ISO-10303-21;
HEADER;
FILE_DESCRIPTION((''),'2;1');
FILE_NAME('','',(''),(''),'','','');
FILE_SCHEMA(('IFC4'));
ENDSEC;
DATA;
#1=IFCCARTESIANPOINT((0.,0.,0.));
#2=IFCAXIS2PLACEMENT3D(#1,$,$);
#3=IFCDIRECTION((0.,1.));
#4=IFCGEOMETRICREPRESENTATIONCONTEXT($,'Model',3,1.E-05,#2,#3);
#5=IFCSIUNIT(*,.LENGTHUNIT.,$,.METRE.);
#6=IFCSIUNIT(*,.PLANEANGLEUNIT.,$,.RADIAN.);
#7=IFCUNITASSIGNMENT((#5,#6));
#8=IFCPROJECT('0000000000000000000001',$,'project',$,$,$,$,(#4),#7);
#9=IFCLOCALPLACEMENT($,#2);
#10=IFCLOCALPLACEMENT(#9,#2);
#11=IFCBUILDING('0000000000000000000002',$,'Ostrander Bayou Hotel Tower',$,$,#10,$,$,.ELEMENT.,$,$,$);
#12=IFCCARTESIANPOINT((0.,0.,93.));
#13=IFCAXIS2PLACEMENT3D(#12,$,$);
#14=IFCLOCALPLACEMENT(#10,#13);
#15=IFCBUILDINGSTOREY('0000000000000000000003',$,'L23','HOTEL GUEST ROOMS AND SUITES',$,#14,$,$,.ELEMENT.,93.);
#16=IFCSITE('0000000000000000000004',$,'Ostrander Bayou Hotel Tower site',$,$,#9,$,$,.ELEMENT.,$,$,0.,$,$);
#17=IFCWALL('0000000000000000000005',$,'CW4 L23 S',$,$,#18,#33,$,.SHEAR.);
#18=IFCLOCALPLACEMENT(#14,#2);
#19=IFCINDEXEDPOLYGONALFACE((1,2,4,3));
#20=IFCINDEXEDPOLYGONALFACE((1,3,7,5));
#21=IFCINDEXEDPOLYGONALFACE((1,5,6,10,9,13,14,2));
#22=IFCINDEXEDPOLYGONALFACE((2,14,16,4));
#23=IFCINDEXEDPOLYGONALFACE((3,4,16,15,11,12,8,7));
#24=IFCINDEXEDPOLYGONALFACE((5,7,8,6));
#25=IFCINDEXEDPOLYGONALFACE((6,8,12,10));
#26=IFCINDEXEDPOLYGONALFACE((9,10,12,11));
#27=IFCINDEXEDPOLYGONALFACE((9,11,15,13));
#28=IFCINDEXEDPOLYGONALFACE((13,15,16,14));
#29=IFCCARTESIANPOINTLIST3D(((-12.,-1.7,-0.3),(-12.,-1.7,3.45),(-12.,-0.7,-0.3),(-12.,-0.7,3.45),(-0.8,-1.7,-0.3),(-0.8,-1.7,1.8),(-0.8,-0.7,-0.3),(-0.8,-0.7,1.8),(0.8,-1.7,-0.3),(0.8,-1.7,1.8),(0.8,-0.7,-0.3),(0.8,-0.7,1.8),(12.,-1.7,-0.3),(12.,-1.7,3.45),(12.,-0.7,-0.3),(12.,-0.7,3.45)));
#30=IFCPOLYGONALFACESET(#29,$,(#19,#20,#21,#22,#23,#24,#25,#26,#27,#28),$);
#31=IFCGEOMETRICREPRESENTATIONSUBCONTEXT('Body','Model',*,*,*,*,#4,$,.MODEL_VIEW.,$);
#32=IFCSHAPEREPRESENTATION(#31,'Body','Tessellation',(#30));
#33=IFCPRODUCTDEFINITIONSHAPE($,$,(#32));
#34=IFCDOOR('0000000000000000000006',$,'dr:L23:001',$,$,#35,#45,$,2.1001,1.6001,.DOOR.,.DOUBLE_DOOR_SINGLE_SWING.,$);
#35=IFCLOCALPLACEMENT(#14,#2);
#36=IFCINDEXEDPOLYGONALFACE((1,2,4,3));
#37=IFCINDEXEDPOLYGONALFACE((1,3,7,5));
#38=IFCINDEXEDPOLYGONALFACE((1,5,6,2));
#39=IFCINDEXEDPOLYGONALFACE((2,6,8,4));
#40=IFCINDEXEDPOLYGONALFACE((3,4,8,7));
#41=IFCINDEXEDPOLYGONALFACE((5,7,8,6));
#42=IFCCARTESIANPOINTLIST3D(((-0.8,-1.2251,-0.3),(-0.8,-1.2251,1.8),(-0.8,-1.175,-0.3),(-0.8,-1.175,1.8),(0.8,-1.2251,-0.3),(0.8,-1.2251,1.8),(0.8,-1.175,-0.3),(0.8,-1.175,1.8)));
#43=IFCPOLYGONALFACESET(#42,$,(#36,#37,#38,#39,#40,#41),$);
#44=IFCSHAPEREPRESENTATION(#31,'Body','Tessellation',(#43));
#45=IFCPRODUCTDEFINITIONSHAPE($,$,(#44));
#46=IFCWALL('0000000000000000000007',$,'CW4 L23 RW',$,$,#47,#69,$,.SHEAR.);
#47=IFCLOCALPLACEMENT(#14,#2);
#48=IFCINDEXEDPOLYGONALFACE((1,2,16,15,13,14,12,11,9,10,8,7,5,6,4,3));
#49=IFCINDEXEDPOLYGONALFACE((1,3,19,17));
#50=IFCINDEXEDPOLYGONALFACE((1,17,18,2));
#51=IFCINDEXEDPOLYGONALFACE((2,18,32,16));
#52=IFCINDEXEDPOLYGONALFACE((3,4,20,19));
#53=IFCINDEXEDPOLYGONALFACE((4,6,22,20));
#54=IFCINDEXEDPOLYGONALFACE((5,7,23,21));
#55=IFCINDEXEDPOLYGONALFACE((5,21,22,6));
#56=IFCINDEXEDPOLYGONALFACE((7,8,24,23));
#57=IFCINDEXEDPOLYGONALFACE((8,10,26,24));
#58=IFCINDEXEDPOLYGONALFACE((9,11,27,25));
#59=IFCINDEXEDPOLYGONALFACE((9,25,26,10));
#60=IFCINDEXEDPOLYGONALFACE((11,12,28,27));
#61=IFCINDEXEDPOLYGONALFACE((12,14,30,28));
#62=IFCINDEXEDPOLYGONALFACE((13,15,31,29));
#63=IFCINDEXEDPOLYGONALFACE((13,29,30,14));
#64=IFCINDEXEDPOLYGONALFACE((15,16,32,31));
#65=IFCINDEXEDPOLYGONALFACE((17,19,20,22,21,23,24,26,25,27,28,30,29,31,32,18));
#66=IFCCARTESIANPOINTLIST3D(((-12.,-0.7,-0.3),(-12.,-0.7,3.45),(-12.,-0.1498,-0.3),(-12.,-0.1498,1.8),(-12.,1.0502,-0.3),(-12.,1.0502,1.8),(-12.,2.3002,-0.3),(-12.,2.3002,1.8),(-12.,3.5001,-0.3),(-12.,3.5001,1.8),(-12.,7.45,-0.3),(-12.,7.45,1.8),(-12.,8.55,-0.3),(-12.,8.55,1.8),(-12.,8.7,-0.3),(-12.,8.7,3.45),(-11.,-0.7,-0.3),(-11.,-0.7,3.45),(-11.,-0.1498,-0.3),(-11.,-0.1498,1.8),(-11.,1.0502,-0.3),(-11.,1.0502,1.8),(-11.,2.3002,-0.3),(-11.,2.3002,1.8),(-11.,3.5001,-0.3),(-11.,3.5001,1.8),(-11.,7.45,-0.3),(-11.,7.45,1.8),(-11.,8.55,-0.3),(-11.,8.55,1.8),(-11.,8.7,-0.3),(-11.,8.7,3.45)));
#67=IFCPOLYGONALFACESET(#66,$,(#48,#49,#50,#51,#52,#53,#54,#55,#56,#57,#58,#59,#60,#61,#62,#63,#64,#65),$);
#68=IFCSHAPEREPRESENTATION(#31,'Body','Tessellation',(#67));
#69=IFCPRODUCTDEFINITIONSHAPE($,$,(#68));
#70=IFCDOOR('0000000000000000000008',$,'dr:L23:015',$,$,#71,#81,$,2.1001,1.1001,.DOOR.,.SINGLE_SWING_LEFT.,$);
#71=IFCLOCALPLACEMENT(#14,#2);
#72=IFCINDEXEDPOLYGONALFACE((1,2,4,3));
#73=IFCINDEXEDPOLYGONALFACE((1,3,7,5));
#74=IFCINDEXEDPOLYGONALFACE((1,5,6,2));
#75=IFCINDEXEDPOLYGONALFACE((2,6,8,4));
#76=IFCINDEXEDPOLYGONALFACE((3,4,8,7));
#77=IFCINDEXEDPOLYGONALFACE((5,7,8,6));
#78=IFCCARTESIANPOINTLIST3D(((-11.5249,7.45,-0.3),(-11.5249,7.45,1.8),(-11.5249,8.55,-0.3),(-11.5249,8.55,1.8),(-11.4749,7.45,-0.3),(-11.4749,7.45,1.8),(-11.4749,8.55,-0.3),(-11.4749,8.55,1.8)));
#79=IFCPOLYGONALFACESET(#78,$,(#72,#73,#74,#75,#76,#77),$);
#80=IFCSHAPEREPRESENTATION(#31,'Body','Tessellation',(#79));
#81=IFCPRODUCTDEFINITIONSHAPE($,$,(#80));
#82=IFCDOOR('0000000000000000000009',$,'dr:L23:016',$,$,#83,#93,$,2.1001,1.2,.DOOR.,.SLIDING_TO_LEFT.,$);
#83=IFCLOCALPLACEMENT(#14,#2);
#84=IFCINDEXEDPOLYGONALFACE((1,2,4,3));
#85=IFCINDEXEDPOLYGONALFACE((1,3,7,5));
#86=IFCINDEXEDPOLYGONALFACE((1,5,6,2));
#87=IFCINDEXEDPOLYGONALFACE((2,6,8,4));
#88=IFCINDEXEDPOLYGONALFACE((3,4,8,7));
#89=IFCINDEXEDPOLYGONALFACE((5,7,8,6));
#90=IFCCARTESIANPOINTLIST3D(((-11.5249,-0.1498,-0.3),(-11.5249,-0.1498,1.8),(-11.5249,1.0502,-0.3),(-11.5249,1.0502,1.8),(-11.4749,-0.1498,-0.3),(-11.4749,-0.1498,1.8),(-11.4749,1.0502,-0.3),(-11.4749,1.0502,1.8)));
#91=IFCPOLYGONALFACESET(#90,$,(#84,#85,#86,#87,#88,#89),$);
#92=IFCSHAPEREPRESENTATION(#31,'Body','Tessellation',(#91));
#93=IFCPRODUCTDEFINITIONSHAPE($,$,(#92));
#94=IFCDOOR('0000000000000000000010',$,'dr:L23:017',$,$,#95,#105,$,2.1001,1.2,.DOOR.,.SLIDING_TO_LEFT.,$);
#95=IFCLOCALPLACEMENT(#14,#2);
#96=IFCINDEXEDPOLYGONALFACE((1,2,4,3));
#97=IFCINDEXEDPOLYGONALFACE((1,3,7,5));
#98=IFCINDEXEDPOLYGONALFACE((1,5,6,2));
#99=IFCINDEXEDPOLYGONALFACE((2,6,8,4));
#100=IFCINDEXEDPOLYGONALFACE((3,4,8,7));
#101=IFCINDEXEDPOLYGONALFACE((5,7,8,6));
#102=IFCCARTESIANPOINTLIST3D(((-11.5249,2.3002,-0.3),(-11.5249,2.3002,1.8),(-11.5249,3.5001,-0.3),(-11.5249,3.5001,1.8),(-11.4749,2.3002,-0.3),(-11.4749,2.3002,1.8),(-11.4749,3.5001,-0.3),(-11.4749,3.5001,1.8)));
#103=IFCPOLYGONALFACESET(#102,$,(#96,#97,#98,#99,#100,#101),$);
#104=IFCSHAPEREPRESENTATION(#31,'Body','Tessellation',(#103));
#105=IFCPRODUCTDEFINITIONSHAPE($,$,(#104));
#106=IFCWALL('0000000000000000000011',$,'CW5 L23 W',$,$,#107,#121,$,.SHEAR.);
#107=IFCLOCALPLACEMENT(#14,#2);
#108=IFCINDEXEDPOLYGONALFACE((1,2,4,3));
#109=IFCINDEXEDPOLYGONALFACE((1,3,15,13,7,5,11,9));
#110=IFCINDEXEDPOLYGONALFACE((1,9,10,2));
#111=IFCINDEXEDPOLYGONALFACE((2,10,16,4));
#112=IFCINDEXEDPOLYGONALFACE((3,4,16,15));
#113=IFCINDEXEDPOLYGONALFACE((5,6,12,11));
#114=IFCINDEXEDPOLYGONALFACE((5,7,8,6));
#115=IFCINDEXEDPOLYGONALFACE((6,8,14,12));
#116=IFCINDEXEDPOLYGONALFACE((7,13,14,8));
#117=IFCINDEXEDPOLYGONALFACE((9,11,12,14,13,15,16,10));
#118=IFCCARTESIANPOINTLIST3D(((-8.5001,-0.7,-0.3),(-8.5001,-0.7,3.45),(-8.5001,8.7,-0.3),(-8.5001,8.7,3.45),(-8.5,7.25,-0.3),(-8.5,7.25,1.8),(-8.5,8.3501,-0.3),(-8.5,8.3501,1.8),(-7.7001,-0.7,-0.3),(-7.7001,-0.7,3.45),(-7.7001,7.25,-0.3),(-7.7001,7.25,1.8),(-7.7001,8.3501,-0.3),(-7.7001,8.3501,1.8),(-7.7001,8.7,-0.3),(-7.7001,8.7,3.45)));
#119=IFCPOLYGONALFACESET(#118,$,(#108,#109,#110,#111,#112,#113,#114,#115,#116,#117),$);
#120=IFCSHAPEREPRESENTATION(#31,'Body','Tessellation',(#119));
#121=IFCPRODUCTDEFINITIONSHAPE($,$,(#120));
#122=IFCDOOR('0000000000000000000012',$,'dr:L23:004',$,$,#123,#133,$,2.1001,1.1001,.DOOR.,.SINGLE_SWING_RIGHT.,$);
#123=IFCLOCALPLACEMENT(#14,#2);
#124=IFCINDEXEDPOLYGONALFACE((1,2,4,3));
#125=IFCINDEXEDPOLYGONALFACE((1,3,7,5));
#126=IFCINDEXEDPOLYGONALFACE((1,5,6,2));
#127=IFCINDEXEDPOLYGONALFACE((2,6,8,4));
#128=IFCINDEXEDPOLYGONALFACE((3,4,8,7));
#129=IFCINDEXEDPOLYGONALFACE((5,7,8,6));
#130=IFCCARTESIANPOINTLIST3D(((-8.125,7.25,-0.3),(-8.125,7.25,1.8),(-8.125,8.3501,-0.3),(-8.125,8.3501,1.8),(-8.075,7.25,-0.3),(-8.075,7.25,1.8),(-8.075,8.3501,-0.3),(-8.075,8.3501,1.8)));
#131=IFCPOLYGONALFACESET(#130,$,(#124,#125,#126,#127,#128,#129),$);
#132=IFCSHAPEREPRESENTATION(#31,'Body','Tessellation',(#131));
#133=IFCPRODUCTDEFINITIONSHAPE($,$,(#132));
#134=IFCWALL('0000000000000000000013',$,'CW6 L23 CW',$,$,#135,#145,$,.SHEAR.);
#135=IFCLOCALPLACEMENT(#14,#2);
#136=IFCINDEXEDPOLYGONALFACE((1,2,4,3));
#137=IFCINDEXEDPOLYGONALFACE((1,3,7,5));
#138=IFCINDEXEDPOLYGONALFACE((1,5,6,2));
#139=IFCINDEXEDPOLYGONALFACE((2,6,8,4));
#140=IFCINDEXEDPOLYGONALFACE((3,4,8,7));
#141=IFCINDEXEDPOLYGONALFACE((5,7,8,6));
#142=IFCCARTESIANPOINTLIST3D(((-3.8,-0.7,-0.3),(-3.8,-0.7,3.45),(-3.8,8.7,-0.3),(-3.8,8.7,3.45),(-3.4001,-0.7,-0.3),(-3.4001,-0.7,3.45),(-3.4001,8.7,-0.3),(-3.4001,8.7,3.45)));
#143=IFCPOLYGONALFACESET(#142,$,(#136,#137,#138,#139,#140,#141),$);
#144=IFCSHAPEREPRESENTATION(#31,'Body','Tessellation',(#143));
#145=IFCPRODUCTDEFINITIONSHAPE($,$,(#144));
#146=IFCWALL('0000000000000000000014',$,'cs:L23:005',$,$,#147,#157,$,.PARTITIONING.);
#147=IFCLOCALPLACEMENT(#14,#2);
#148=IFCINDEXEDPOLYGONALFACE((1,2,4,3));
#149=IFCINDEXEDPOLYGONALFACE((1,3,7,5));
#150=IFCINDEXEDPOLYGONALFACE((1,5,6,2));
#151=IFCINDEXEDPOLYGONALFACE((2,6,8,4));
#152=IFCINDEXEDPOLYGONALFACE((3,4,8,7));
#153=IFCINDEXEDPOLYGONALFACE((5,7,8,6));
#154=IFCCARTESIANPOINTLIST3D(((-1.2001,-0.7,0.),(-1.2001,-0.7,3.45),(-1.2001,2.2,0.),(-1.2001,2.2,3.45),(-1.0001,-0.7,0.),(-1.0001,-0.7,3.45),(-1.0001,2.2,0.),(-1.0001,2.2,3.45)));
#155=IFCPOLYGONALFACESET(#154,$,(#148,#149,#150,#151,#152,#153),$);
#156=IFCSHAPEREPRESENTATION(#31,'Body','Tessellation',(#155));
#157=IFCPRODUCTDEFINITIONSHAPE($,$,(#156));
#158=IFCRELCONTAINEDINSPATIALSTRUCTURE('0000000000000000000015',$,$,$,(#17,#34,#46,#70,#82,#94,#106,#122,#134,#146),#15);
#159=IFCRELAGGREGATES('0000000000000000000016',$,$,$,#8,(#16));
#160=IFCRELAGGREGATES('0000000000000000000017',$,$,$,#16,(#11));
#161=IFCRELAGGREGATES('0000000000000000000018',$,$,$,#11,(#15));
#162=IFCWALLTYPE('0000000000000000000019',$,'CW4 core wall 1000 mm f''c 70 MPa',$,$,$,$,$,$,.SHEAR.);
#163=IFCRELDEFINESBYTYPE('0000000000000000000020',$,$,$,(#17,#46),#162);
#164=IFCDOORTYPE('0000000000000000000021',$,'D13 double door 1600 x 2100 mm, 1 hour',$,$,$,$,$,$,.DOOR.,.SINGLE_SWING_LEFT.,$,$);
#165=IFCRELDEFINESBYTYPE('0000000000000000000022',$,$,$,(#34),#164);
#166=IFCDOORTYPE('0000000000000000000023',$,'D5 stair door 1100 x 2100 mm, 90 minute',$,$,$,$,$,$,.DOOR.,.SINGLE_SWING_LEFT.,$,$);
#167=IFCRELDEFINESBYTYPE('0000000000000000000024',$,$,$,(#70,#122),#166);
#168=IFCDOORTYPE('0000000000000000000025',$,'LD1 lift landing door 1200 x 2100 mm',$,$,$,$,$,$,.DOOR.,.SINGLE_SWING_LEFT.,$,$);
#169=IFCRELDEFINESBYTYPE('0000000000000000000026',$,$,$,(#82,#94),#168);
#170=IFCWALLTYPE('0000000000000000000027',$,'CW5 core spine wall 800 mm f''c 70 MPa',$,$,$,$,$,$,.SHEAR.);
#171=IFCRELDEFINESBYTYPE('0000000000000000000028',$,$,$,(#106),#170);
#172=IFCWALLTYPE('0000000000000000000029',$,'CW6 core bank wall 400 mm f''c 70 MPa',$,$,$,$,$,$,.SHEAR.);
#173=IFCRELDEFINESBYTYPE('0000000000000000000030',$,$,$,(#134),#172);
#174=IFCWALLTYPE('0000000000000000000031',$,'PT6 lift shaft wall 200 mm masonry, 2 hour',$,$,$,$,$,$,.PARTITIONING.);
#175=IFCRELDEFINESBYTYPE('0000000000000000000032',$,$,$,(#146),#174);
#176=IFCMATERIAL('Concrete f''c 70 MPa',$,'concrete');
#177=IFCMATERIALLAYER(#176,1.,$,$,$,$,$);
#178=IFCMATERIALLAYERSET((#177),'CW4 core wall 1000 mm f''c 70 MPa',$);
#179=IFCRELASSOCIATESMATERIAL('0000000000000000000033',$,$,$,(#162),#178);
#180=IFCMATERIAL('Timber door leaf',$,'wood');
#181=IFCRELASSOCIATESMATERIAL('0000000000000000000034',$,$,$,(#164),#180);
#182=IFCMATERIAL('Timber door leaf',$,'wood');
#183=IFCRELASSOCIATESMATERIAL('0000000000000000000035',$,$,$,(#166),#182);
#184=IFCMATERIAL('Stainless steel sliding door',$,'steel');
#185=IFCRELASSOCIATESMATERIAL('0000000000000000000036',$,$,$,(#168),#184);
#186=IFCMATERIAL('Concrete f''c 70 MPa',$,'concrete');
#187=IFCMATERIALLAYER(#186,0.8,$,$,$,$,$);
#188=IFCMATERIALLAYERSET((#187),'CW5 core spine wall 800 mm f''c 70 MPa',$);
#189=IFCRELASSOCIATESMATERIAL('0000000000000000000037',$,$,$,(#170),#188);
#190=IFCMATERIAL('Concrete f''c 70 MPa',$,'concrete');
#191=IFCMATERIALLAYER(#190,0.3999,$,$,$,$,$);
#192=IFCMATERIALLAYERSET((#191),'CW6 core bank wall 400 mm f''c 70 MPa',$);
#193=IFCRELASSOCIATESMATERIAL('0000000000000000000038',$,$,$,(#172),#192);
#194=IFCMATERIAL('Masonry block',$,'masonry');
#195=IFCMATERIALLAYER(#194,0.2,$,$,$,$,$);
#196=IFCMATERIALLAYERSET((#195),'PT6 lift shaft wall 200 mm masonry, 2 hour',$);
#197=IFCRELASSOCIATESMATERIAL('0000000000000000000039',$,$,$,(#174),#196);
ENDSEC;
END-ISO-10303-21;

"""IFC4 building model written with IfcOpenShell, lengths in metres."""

from ifc_helpers import new_model, si_unit, direction, frame, frame_2d, origin, place, context, subcontext, project, spatial, rectangle, extrude, material, layer, layer_set, type_object, element, fill, save


model = new_model("IFC4")

# Units and contexts
model_context = context("Model", 3, precision=1e-05, world=origin(), true_north=direction((0.0, 1.0)))
body_context = subcontext(model_context, "Body", "Model", "MODEL_VIEW")
ifc_project = project(units=[si_unit("LENGTHUNIT", "METRE"), si_unit("PLANEANGLEUNIT", "RADIAN")], contexts=[model_context])

# Site, building, storey
site_placement = place(None, origin())
site = spatial("IfcSite", under=ifc_project, at=site_placement, Name="Ostrander Bayou Hotel Tower site", CompositionType="ELEMENT", RefElevation=0.0)
building_placement = place(site_placement, origin())
building = spatial("IfcBuilding", under=site, at=building_placement, Name="Ostrander Bayou Hotel Tower", CompositionType="ELEMENT")
storey_placement = place(building_placement, frame((0.0, 0.0, 93.0)))
storey = spatial("IfcBuildingStorey", under=building, at=storey_placement, Name="L23", Description="HOTEL GUEST ROOMS AND SUITES", CompositionType="ELEMENT", Elevation=93.0)

# Wall, opening, door
ifc_material_1 = material(Name="Concrete f'c 70 MPa", Category="concrete")
ifc_layer_1 = layer(ifc_material_1, 1.0)
ifc_layer_set_1 = layer_set([ifc_layer_1], Name="CW4 core wall 1000 mm f'c 70 MPa")
wall_type_1 = type_object("IfcWallType", Name="CW4 core wall 1000 mm f'c 70 MPa", PredefinedType="SHEAR", material=ifc_layer_set_1)
wall_1_placement = place(storey_placement, frame((-12.0, -1.2, -0.3), z_axis=(0.0, 0.0, 1.0), x_axis=(1.0, 0.0, 0.0)))
wall_1 = element("IfcWall", 1, at=wall_1_placement, inside=storey, type_object=wall_type_1, Name="CW4 L23 S", PredefinedType="SHEAR", context=body_context, shape_type="SweptSolid", body=[
    extrude(rectangle(XDim=24.0, YDim=1.0, at=frame_2d((12.0, 0.0))), origin(), (0.0, 0.0, 1.0), 3.75),
])
opening_1_placement = place(wall_1_placement, frame((11.2, 0.0, 0.0)))
opening_1 = element("IfcOpeningElement", 2, at=opening_1_placement, cuts=wall_1, PredefinedType="OPENING", context=body_context, shape_type="SweptSolid", body=[
    extrude(rectangle(XDim=1.6001, YDim=2.1001, at=frame_2d((0.8, 1.05))), frame((0.0, 0.5, 0.0), z_axis=(0.0, -1.0, 0.0), x_axis=(1.0, 0.0, 0.0)), (0.0, 0.0, 1.0), 1.0),
])
ifc_material_2 = material(Name="Timber door leaf", Category="wood")
door_type_1 = type_object("IfcDoorType", Name="D13 double door 1600 x 2100 mm, 1 hour", OperationType="SINGLE_SWING_LEFT", PredefinedType="DOOR", material=ifc_material_2)
door_1_placement = place(opening_1_placement, origin())
door_1 = element("IfcDoor", 3, at=door_1_placement, inside=storey, type_object=door_type_1, Name="dr:L23:001", OperationType="DOUBLE_DOOR_SINGLE_SWING", OverallHeight=2.1001, OverallWidth=1.6001, PredefinedType="DOOR", context=body_context, shape_type="SweptSolid", body=[
    extrude(rectangle(XDim=1.6001, YDim=2.1001, at=frame_2d((0.8, 1.05))), frame((0.0, 0.0249, 0.0), z_axis=(0.0, -1.0, 0.0), x_axis=(1.0, 0.0, 0.0)), (0.0, 0.0, 1.0), 0.05),
])
fill(opening_1, door_1)

# Wall, openings, doors
wall_2_placement = place(storey_placement, frame((-11.5, -0.7, -0.3), z_axis=(0.0, 0.0, 1.0), x_axis=(0.0, 1.0, 0.0)))
wall_2 = element("IfcWall", 4, at=wall_2_placement, inside=storey, type_object=wall_type_1, Name="CW4 L23 RW", PredefinedType="SHEAR", context=body_context, shape_type="SweptSolid", body=[
    extrude(rectangle(XDim=9.3999, YDim=1.0, at=frame_2d((4.7, 0.0))), origin(), (0.0, 0.0, 1.0), 3.75),
])
opening_2_placement = place(wall_2_placement, frame((8.1499, 0.0, 0.0)))
opening_2 = element("IfcOpeningElement", 5, at=opening_2_placement, cuts=wall_2, PredefinedType="OPENING", context=body_context, shape_type="SweptSolid", body=[
    extrude(rectangle(XDim=1.1001, YDim=2.1001, at=frame_2d((0.55, 1.05))), frame((0.0, 0.5, 0.0), z_axis=(0.0, -1.0, 0.0), x_axis=(1.0, 0.0, 0.0)), (0.0, 0.0, 1.0), 1.0),
])
opening_3_placement = place(wall_2_placement, frame((0.55, 0.0, 0.0)))
opening_3 = element("IfcOpeningElement", 6, at=opening_3_placement, cuts=wall_2, PredefinedType="OPENING", context=body_context, shape_type="SweptSolid", body=[
    extrude(rectangle(XDim=1.2, YDim=2.1001, at=frame_2d((0.6001, 1.05))), frame((0.0, 0.5, 0.0), z_axis=(0.0, -1.0, 0.0), x_axis=(1.0, 0.0, 0.0)), (0.0, 0.0, 1.0), 1.0),
])
opening_4_placement = place(wall_2_placement, frame((3.0, 0.0, 0.0)))
opening_4 = element("IfcOpeningElement", 7, at=opening_4_placement, cuts=wall_2, PredefinedType="OPENING", context=body_context, shape_type="SweptSolid", body=[
    extrude(rectangle(XDim=1.2, YDim=2.1001, at=frame_2d((0.6001, 1.05))), frame((0.0, 0.5, 0.0), z_axis=(0.0, -1.0, 0.0), x_axis=(1.0, 0.0, 0.0)), (0.0, 0.0, 1.0), 1.0),
])
ifc_material_3 = material(Name="Timber door leaf", Category="wood")
door_type_2 = type_object("IfcDoorType", Name="D5 stair door 1100 x 2100 mm, 90 minute", OperationType="SINGLE_SWING_LEFT", PredefinedType="DOOR", material=ifc_material_3)
door_2_placement = place(opening_2_placement, origin())
door_2 = element("IfcDoor", 8, at=door_2_placement, inside=storey, type_object=door_type_2, Name="dr:L23:015", OperationType="SINGLE_SWING_LEFT", OverallHeight=2.1001, OverallWidth=1.1001, PredefinedType="DOOR", context=body_context, shape_type="SweptSolid", body=[
    extrude(rectangle(XDim=1.1001, YDim=2.1001, at=frame_2d((0.55, 1.05))), frame((0.0, 0.0249, 0.0), z_axis=(0.0, -1.0, 0.0), x_axis=(1.0, 0.0, 0.0)), (0.0, 0.0, 1.0), 0.05),
])
fill(opening_2, door_2)
ifc_material_4 = material(Name="Stainless steel sliding door", Category="steel")
door_type_3 = type_object("IfcDoorType", Name="LD1 lift landing door 1200 x 2100 mm", OperationType="SINGLE_SWING_LEFT", PredefinedType="DOOR", material=ifc_material_4)
door_3_placement = place(opening_3_placement, origin())
door_3 = element("IfcDoor", 9, at=door_3_placement, inside=storey, type_object=door_type_3, Name="dr:L23:016", OperationType="SLIDING_TO_LEFT", OverallHeight=2.1001, OverallWidth=1.2, PredefinedType="DOOR", context=body_context, shape_type="SweptSolid", body=[
    extrude(rectangle(XDim=1.2, YDim=2.1001, at=frame_2d((0.6001, 1.05))), frame((0.0, 0.0249, 0.0), z_axis=(0.0, -1.0, 0.0), x_axis=(1.0, 0.0, 0.0)), (0.0, 0.0, 1.0), 0.05),
])
fill(opening_3, door_3)
door_4_placement = place(opening_4_placement, origin())
door_4 = element("IfcDoor", 10, at=door_4_placement, inside=storey, type_object=door_type_3, Name="dr:L23:017", OperationType="SLIDING_TO_LEFT", OverallHeight=2.1001, OverallWidth=1.2, PredefinedType="DOOR", context=body_context, shape_type="SweptSolid", body=[
    extrude(rectangle(XDim=1.2, YDim=2.1001, at=frame_2d((0.6001, 1.05))), frame((0.0, 0.0249, 0.0), z_axis=(0.0, -1.0, 0.0), x_axis=(1.0, 0.0, 0.0)), (0.0, 0.0, 1.0), 0.05),
])
fill(opening_4, door_4)

# Wall, opening, door
ifc_material_5 = material(Name="Concrete f'c 70 MPa", Category="concrete")
ifc_layer_2 = layer(ifc_material_5, 0.8)
ifc_layer_set_2 = layer_set([ifc_layer_2], Name="CW5 core spine wall 800 mm f'c 70 MPa")
wall_type_2 = type_object("IfcWallType", Name="CW5 core spine wall 800 mm f'c 70 MPa", PredefinedType="SHEAR", material=ifc_layer_set_2)
wall_3_placement = place(storey_placement, frame((-8.1001, -0.7, -0.3), z_axis=(0.0, 0.0, 1.0), x_axis=(0.0, 1.0, 0.0)))
wall_3 = element("IfcWall", 11, at=wall_3_placement, inside=storey, type_object=wall_type_2, Name="CW5 L23 W", PredefinedType="SHEAR", context=body_context, shape_type="SweptSolid", body=[
    extrude(rectangle(XDim=9.3999, YDim=0.8, at=frame_2d((4.7, 0.0))), origin(), (0.0, 0.0, 1.0), 3.75),
])
opening_5_placement = place(wall_3_placement, frame((7.95, 0.0, 0.0)))
opening_5 = element("IfcOpeningElement", 12, at=opening_5_placement, cuts=wall_3, PredefinedType="OPENING", context=body_context, shape_type="SweptSolid", body=[
    extrude(rectangle(XDim=1.1001, YDim=2.1001, at=frame_2d((0.55, 1.05))), frame((0.0, 0.3999, 0.0), z_axis=(0.0, -1.0, 0.0), x_axis=(1.0, 0.0, 0.0)), (0.0, 0.0, 1.0), 0.8),
])
door_5_placement = place(opening_5_placement, origin())
door_5 = element("IfcDoor", 13, at=door_5_placement, inside=storey, type_object=door_type_2, Name="dr:L23:004", OperationType="SINGLE_SWING_RIGHT", OverallHeight=2.1001, OverallWidth=1.1001, PredefinedType="DOOR", context=body_context, shape_type="SweptSolid", body=[
    extrude(rectangle(XDim=1.1001, YDim=2.1001, at=frame_2d((0.55, 1.05))), frame((0.0, 0.0249, 0.0), z_axis=(0.0, -1.0, 0.0), x_axis=(1.0, 0.0, 0.0)), (0.0, 0.0, 1.0), 0.05),
])
fill(opening_5, door_5)

# Walls
ifc_material_6 = material(Name="Concrete f'c 70 MPa", Category="concrete")
ifc_layer_3 = layer(ifc_material_6, 0.3999)
ifc_layer_set_3 = layer_set([ifc_layer_3], Name="CW6 core bank wall 400 mm f'c 70 MPa")
wall_type_3 = type_object("IfcWallType", Name="CW6 core bank wall 400 mm f'c 70 MPa", PredefinedType="SHEAR", material=ifc_layer_set_3)
wall_4_placement = place(storey_placement, frame((-3.6001, -0.7, -0.3), z_axis=(0.0, 0.0, 1.0), x_axis=(0.0, 1.0, 0.0)))
element("IfcWall", 14, at=wall_4_placement, inside=storey, type_object=wall_type_3, Name="CW6 L23 CW", PredefinedType="SHEAR", context=body_context, shape_type="SweptSolid", body=[
    extrude(rectangle(XDim=9.3999, YDim=0.3999, at=frame_2d((4.7, 0.0))), origin(), (0.0, 0.0, 1.0), 3.75),
])
ifc_material_7 = material(Name="Masonry block", Category="masonry")
ifc_layer_4 = layer(ifc_material_7, 0.2)
ifc_layer_set_4 = layer_set([ifc_layer_4], Name="PT6 lift shaft wall 200 mm masonry, 2 hour")
wall_type_4 = type_object("IfcWallType", Name="PT6 lift shaft wall 200 mm masonry, 2 hour", PredefinedType="PARTITIONING", material=ifc_layer_set_4)
wall_5_placement = place(storey_placement, frame((-1.1001, -0.7, 0.0), z_axis=(0.0, 0.0, 1.0), x_axis=(0.0, 1.0, 0.0)))
element("IfcWall", 15, at=wall_5_placement, inside=storey, type_object=wall_type_4, Name="cs:L23:005", PredefinedType="PARTITIONING", context=body_context, shape_type="SweptSolid", body=[
    extrude(rectangle(XDim=2.8999, YDim=0.2, at=frame_2d((1.45, 0.0))), origin(), (0.0, 0.0, 1.0), 3.45),
])

save(model, "model.ifc")
